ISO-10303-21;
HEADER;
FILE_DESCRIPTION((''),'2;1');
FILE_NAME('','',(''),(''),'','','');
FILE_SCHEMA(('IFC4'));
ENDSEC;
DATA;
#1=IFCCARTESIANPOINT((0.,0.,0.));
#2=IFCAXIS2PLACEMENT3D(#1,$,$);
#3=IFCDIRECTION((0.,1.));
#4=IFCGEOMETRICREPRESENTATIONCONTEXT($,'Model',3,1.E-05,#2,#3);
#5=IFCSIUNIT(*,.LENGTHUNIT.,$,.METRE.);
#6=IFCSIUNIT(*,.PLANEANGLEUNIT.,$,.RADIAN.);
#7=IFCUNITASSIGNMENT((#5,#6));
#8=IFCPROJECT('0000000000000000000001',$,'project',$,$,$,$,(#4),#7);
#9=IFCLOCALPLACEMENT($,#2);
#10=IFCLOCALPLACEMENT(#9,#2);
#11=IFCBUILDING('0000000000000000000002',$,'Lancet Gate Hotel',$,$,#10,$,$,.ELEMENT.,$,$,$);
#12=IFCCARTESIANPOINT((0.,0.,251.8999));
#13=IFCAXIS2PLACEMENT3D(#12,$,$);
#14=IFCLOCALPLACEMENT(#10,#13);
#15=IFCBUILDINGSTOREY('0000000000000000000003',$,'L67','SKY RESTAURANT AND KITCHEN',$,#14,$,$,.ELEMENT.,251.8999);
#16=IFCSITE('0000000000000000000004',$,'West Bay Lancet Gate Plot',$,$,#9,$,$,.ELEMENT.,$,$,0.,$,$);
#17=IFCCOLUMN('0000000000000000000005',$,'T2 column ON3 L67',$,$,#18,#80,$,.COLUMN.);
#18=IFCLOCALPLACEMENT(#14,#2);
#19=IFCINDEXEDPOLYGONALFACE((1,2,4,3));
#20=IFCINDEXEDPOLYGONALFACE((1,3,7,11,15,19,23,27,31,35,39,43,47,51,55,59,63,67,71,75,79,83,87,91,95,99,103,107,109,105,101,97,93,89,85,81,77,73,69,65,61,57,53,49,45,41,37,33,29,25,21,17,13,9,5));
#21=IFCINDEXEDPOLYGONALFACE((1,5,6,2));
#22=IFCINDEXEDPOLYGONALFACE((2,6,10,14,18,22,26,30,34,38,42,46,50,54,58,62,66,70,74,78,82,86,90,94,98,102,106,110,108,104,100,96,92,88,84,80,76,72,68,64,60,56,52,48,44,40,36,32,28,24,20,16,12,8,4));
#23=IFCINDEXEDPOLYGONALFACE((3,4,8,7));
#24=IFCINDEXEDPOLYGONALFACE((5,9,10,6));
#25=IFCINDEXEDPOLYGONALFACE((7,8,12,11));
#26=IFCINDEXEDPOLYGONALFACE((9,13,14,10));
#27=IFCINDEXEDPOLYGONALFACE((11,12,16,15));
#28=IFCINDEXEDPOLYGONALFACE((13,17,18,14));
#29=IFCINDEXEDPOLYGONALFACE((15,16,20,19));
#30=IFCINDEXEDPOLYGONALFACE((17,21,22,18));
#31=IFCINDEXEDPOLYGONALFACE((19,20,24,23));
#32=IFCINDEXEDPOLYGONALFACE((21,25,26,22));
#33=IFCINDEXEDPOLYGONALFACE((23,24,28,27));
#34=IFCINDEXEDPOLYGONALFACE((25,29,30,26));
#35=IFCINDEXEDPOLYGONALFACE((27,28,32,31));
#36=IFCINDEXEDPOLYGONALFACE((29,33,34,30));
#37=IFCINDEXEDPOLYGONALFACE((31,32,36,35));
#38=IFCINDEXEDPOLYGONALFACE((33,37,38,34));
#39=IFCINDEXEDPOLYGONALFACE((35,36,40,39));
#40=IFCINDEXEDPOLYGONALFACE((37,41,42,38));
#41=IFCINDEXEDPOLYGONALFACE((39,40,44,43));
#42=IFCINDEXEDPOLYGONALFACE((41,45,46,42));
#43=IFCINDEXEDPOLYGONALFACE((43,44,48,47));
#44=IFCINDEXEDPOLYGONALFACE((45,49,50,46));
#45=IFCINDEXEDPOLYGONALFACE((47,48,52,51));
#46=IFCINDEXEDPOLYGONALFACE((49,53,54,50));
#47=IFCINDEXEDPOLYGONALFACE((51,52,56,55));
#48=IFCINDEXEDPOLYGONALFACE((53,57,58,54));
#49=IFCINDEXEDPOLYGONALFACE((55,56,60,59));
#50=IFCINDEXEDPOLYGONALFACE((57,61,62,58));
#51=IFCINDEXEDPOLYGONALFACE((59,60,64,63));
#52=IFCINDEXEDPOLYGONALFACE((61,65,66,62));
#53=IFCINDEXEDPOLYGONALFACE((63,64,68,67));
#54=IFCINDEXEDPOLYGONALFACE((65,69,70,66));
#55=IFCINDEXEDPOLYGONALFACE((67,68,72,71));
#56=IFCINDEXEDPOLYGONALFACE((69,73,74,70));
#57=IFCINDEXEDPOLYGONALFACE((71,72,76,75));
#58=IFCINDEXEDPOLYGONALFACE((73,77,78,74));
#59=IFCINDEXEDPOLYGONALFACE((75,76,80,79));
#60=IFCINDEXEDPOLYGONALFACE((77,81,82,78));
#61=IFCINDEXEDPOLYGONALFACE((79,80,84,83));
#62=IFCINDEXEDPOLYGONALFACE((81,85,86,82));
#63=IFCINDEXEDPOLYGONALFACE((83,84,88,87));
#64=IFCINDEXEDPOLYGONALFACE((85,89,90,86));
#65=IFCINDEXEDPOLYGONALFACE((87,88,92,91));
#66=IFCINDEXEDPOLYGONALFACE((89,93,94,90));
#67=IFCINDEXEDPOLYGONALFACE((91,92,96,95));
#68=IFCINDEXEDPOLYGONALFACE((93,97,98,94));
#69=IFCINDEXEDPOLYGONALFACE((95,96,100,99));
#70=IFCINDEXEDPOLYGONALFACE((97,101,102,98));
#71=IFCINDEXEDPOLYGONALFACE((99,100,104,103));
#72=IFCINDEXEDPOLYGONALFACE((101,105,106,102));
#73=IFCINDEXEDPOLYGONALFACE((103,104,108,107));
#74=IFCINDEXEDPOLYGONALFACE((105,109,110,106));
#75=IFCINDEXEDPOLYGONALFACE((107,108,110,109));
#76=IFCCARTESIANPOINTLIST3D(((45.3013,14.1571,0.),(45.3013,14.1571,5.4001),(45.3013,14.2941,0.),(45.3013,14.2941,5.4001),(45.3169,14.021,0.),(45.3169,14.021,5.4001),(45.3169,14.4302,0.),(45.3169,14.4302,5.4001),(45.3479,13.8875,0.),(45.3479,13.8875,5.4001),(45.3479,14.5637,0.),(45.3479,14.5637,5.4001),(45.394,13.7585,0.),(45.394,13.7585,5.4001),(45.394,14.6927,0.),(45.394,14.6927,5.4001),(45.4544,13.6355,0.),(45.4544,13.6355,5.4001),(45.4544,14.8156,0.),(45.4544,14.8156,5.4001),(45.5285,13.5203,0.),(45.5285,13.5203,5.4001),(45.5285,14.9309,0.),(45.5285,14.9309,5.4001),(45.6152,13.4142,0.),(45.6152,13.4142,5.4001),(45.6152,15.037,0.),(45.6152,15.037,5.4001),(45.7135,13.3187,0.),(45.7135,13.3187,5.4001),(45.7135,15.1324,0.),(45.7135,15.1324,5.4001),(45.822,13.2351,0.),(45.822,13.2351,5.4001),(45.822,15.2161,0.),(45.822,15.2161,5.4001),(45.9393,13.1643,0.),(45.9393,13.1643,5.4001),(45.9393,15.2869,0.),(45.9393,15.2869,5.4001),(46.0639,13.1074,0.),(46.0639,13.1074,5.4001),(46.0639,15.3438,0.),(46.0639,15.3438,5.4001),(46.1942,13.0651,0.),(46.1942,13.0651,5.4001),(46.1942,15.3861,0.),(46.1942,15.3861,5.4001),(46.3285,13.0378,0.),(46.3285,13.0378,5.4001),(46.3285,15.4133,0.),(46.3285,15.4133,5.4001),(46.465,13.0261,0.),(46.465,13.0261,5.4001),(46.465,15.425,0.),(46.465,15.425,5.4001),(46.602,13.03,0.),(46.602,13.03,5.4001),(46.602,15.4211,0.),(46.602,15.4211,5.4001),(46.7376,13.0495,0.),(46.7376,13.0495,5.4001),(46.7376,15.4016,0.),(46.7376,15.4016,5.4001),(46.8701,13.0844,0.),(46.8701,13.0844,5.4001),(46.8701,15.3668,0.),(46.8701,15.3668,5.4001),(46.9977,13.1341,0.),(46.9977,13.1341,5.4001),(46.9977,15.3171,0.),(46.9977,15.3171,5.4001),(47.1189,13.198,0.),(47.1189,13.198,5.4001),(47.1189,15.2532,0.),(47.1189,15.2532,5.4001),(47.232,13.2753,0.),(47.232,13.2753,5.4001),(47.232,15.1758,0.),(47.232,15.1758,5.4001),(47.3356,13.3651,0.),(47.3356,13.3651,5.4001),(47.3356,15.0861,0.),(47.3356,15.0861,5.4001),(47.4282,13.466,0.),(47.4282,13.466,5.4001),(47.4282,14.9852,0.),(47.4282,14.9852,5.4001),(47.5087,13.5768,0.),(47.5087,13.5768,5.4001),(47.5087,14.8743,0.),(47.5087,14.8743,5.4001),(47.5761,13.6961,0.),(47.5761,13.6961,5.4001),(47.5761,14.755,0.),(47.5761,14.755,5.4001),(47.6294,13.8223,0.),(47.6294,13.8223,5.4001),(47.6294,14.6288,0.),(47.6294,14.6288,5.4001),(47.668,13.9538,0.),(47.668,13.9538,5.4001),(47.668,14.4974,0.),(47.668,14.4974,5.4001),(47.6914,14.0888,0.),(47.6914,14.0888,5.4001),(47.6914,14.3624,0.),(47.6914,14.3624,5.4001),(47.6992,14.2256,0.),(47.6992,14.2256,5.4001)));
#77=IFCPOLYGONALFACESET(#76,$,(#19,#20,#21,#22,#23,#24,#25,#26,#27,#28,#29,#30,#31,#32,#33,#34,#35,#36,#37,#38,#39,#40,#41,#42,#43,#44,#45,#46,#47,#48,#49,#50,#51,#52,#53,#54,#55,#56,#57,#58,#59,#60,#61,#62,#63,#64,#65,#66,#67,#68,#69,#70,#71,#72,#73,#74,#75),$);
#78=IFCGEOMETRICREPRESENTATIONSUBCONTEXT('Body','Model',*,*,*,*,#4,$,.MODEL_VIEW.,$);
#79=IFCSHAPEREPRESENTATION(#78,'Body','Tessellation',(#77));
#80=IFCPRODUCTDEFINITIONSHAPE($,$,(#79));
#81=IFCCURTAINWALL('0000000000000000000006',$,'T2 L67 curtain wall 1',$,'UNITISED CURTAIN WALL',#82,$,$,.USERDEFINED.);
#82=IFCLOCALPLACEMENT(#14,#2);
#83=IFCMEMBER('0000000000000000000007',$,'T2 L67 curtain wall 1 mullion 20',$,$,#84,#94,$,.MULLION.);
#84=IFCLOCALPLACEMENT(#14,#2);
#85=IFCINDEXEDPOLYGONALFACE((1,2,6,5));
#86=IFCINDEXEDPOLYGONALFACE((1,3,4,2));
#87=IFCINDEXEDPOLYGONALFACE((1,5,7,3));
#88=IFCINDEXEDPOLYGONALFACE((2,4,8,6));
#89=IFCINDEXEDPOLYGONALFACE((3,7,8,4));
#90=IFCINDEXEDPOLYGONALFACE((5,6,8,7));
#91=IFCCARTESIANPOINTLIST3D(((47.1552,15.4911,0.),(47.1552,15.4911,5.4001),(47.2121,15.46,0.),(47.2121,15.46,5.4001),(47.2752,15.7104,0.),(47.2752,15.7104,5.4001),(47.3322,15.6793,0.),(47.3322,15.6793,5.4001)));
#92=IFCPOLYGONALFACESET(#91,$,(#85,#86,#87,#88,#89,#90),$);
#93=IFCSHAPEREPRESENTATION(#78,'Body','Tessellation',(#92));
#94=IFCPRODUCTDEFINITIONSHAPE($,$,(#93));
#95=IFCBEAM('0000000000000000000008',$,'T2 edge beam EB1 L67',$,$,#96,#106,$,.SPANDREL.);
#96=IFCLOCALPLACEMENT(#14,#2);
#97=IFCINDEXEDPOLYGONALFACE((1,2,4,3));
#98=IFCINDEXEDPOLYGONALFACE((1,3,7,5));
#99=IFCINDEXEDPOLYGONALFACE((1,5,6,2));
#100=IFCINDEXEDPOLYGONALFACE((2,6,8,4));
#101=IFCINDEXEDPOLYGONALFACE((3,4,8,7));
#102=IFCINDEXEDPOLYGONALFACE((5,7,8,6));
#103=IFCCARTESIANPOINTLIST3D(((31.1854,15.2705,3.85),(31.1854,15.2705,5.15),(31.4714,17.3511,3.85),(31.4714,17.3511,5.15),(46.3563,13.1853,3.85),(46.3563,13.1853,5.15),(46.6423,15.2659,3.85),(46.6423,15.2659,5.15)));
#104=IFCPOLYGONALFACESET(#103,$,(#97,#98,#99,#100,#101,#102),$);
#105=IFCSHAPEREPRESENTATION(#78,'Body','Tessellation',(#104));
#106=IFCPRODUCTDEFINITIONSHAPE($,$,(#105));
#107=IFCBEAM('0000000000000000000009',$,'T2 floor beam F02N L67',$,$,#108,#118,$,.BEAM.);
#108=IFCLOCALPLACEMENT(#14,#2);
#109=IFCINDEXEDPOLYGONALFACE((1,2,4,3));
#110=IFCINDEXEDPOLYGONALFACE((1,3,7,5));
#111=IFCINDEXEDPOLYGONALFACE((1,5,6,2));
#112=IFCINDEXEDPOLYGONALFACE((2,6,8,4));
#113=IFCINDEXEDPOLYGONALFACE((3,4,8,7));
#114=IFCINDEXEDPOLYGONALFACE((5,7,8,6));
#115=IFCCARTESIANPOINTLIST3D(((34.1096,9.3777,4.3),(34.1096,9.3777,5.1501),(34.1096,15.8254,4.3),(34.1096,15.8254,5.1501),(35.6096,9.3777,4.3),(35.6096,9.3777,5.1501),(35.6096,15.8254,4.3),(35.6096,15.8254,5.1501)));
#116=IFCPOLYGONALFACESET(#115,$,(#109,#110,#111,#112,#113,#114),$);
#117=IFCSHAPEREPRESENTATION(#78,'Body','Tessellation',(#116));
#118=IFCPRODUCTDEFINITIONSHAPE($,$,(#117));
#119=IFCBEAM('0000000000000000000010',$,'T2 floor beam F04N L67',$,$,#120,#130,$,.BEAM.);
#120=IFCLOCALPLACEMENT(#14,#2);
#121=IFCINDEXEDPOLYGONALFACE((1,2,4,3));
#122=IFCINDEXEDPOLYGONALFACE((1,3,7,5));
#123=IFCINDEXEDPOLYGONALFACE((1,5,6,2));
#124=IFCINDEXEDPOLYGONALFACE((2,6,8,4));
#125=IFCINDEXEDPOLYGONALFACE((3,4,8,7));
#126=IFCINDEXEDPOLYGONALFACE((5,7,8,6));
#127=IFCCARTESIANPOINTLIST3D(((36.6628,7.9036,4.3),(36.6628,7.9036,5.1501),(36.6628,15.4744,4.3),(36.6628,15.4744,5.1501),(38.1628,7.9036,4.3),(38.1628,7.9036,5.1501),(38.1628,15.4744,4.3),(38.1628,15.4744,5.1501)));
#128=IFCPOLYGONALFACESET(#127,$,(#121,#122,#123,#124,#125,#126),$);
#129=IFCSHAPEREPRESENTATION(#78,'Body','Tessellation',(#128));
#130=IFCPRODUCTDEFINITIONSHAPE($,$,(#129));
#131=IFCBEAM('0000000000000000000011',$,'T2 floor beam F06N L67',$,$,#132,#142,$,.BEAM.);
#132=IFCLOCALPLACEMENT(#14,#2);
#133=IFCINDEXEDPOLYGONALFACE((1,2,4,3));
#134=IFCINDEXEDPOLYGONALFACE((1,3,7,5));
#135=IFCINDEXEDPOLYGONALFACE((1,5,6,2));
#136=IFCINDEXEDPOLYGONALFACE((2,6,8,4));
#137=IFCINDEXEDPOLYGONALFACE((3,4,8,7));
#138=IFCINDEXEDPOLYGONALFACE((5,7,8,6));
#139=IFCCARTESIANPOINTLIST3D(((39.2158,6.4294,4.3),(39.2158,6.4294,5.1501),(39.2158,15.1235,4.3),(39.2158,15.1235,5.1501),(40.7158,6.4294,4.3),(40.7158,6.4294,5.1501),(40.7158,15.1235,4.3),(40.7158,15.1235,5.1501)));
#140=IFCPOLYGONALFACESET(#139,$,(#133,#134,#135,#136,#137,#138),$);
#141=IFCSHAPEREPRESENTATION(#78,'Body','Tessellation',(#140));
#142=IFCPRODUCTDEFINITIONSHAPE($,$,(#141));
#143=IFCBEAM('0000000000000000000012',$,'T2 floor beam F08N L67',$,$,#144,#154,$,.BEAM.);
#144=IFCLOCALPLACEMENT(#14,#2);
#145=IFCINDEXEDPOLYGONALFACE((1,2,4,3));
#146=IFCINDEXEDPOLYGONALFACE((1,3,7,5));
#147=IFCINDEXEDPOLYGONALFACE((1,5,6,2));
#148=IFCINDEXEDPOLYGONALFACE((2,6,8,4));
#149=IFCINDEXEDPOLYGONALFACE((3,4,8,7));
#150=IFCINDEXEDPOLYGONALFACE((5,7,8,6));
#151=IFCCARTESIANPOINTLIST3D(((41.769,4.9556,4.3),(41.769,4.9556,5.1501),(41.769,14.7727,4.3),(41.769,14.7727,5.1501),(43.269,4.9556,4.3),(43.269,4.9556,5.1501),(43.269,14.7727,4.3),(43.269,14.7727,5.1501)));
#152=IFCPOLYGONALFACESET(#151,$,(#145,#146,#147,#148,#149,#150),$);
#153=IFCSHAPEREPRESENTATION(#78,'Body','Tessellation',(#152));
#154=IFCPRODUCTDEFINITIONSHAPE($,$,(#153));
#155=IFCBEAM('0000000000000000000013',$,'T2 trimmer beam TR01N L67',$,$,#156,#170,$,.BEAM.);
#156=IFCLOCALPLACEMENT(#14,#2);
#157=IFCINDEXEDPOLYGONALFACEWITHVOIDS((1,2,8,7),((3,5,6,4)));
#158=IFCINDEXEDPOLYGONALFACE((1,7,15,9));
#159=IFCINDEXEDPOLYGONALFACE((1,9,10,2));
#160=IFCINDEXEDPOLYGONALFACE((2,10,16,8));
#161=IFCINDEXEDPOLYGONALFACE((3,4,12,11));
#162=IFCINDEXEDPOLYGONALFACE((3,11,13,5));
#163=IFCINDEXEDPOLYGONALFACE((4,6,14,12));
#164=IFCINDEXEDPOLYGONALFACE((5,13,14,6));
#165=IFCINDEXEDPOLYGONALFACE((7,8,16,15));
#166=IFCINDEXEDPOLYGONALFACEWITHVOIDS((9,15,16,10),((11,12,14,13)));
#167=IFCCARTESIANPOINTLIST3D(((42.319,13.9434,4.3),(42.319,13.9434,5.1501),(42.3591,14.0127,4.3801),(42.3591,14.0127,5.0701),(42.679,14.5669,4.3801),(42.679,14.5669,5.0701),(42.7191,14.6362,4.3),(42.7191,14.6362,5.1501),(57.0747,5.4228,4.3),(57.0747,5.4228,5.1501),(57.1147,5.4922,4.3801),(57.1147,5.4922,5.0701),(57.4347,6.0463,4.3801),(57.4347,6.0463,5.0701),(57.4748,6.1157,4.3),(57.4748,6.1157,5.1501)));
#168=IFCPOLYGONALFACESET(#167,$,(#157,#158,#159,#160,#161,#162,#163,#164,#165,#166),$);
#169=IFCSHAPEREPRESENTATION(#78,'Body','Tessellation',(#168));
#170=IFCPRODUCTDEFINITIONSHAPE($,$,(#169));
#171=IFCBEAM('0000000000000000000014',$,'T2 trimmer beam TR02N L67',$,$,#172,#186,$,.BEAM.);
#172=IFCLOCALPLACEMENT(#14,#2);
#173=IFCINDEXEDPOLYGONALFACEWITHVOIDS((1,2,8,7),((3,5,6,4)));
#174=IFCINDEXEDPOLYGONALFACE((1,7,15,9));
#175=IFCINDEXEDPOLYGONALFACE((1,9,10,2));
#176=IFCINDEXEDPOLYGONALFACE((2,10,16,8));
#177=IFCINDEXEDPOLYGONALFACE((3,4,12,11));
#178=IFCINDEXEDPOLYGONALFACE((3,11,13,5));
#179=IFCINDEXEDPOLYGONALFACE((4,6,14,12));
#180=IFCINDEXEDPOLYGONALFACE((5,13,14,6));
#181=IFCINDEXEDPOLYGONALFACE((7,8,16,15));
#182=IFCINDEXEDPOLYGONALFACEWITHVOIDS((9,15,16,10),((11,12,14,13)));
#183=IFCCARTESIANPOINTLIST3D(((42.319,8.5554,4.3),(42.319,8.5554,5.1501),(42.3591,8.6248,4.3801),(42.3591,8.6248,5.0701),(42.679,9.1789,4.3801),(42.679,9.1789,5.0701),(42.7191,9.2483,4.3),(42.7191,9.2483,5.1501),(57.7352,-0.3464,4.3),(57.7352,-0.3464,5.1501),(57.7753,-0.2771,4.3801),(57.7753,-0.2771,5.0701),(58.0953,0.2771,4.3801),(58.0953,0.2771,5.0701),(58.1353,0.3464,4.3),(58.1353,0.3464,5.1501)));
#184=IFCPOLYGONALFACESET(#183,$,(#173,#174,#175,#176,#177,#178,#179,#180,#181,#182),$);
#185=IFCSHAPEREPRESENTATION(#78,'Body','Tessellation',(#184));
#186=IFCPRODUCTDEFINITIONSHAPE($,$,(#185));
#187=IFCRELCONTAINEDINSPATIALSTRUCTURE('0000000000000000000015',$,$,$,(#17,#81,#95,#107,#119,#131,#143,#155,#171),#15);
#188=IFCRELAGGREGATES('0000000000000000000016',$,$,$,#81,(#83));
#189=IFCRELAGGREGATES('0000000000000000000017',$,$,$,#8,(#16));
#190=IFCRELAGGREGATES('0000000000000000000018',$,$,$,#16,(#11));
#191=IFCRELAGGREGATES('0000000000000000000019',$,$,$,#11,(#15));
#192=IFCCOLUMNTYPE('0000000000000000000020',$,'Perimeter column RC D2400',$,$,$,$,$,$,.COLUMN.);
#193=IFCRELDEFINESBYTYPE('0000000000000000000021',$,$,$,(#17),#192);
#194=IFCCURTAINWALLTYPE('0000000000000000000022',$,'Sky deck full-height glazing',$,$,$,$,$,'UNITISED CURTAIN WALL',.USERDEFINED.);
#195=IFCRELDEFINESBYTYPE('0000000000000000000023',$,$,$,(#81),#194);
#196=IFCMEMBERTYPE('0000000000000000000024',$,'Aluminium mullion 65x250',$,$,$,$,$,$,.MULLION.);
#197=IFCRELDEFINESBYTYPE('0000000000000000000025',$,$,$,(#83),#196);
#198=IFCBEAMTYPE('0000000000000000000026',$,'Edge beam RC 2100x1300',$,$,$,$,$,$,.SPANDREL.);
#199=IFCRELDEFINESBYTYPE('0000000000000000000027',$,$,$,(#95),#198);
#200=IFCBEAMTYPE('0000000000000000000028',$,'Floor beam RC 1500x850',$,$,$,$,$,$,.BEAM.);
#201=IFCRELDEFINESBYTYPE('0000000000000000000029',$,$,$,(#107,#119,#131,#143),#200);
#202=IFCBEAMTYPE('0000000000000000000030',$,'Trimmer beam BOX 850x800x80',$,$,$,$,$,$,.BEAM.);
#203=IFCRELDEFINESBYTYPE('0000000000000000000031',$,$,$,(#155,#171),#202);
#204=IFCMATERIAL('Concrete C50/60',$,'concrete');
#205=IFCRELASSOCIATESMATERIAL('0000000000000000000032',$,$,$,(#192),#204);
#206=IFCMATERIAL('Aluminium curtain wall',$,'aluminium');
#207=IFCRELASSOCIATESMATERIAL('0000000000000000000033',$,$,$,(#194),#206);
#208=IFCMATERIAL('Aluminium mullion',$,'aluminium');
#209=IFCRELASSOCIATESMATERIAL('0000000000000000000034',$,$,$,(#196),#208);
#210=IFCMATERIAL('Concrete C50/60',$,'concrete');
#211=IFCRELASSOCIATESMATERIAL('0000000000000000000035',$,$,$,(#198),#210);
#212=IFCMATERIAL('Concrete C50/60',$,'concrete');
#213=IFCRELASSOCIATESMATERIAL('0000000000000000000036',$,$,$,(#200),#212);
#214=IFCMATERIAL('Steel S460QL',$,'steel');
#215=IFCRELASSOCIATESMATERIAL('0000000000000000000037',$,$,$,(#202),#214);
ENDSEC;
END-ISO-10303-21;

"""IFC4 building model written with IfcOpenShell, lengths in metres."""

from ifc_helpers import new_model, si_unit, direction, frame, origin, origin_2d, place, context, subcontext, project, spatial, rectangle, hollow_rectangle, circle, extrude, material, material_profile, profile_set, type_object, element, aggregate, save


model = new_model("IFC4")

# Units and contexts
model_context = context("Model", 3, precision=1e-05, world=origin(), true_north=direction((0.0, 1.0)))
body_context = subcontext(model_context, "Body", "Model", "MODEL_VIEW")
ifc_project = project(units=[si_unit("LENGTHUNIT", "METRE"), si_unit("PLANEANGLEUNIT", "RADIAN")], contexts=[model_context])

# Site, building, storey
site_placement = place(None, origin())
site = spatial("IfcSite", under=ifc_project, at=site_placement, Name="West Bay Lancet Gate Plot", CompositionType="ELEMENT", RefElevation=0.0)
building_placement = place(site_placement, origin())
building = spatial("IfcBuilding", under=site, at=building_placement, Name="Lancet Gate Hotel", CompositionType="ELEMENT")
storey_placement = place(building_placement, frame((0.0, 0.0, 251.8999)))
storey = spatial("IfcBuildingStorey", under=building, at=storey_placement, Name="L67", Description="SKY RESTAURANT AND KITCHEN", CompositionType="ELEMENT", Elevation=251.8999)

# Column
ifc_material_1 = material(Name="Concrete C50/60", Category="concrete")
ifc_material_profile_1 = material_profile(ifc_material_1, circle(Radius=1.2, at=origin_2d()), Name="RC D2400")
ifc_profile_set_1 = profile_set([ifc_material_profile_1], Name="Concrete C50/60")
column_type = type_object("IfcColumnType", Name="Perimeter column RC D2400", PredefinedType="COLUMN", material=ifc_profile_set_1)
column_placement = place(storey_placement, frame((46.4993, 14.2256, 0.0), z_axis=(0.0, 0.0, 1.0), x_axis=(1.0, 0.0, 0.0)))
element("IfcColumn", 1, at=column_placement, inside=storey, type_object=column_type, Name="T2 column ON3 L67", PredefinedType="COLUMN", context=body_context, shape_type="SweptSolid", body=[
    extrude(circle(Radius=1.2, at=origin_2d()), origin(), (0.0, 0.0, 1.0), 5.4001),
])

# Curtain wall, member
ifc_material_2 = material(Name="Aluminium curtain wall", Category="aluminium")
curtain_wall_type = type_object("IfcCurtainWallType", Name="Sky deck full-height glazing", ElementType="UNITISED CURTAIN WALL", PredefinedType="USERDEFINED", material=ifc_material_2)
curtain_wall_placement = place(storey_placement, origin())
curtain_wall = element("IfcCurtainWall", 2, at=curtain_wall_placement, inside=storey, type_object=curtain_wall_type, Name="T2 L67 curtain wall 1", ObjectType="UNITISED CURTAIN WALL", PredefinedType="USERDEFINED")
ifc_material_3 = material(Name="Aluminium mullion", Category="aluminium")
ifc_material_profile_2 = material_profile(ifc_material_3, rectangle(XDim=0.0649, YDim=0.25, at=origin_2d()), Name="MULLION 65x250")
ifc_profile_set_2 = profile_set([ifc_material_profile_2], Name="Aluminium mullion")
member_type = type_object("IfcMemberType", Name="Aluminium mullion 65x250", PredefinedType="MULLION", material=ifc_profile_set_2)
member_placement = place(storey_placement, frame((47.2437, 15.5852, 0.0), z_axis=(0.0, 0.0, 1.0), x_axis=(-0.877195, 0.480135, 0.0)))
member = element("IfcMember", 3, at=member_placement, type_object=member_type, Name="T2 L67 curtain wall 1 mullion 20", PredefinedType="MULLION", context=body_context, shape_type="SweptSolid", body=[
    extrude(rectangle(XDim=0.0649, YDim=0.25, at=origin_2d()), origin(), (0.0, 0.0, 1.0), 5.4001),
])
aggregate(curtain_wall, [member])

# Beams
ifc_material_4 = material(Name="Concrete C50/60", Category="concrete")
ifc_material_profile_3 = material_profile(ifc_material_4, rectangle(XDim=2.1001, YDim=1.3, at=origin_2d()), Name="RC 2100x1300")
ifc_profile_set_3 = profile_set([ifc_material_profile_3], Name="Concrete C50/60")
beam_type_1 = type_object("IfcBeamType", Name="Edge beam RC 2100x1300", PredefinedType="SPANDREL", material=ifc_profile_set_3)
beam_1_placement = place(storey_placement, frame((46.4993, 14.2256, 4.5), z_axis=(-0.990686, 0.136167, 0.0), x_axis=(-0.136167, -0.990686, 0.0)))
element("IfcBeam", 4, at=beam_1_placement, inside=storey, type_object=beam_type_1, Name="T2 edge beam EB1 L67", PredefinedType="SPANDREL", context=body_context, shape_type="SweptSolid", body=[
    extrude(rectangle(XDim=2.1001, YDim=1.3, at=origin_2d()), origin(), (0.0, 0.0, 1.0), 15.3135),
])
ifc_material_5 = material(Name="Concrete C50/60", Category="concrete")
ifc_material_profile_4 = material_profile(ifc_material_5, rectangle(XDim=1.5, YDim=0.8501, at=origin_2d()), Name="RC 1500x850")
ifc_profile_set_4 = profile_set([ifc_material_profile_4], Name="Concrete C50/60")
beam_type_2 = type_object("IfcBeamType", Name="Floor beam RC 1500x850", PredefinedType="BEAM", material=ifc_profile_set_4)
beam_2_placement = place(storey_placement, frame((34.8596, 9.3777, 4.7251), z_axis=(0.0, 1.0, 0.0), x_axis=(-1.0, 0.0, 0.0)))
element("IfcBeam", 5, at=beam_2_placement, inside=storey, type_object=beam_type_2, Name="T2 floor beam F02N L67", PredefinedType="BEAM", context=body_context, shape_type="SweptSolid", body=[
    extrude(rectangle(XDim=1.5, YDim=0.8501, at=origin_2d()), origin(), (0.0, 0.0, 1.0), 6.4478),
])
beam_3_placement = place(storey_placement, frame((37.4128, 7.9036, 4.7251), z_axis=(0.0, 1.0, 0.0), x_axis=(-1.0, 0.0, 0.0)))
element("IfcBeam", 6, at=beam_3_placement, inside=storey, type_object=beam_type_2, Name="T2 floor beam F04N L67", PredefinedType="BEAM", context=body_context, shape_type="SweptSolid", body=[
    extrude(rectangle(XDim=1.5, YDim=0.8501, at=origin_2d()), origin(), (0.0, 0.0, 1.0), 7.5708),
])
beam_4_placement = place(storey_placement, frame((39.9658, 6.4294, 4.7251), z_axis=(0.0, 1.0, 0.0), x_axis=(-1.0, 0.0, 0.0)))
element("IfcBeam", 7, at=beam_4_placement, inside=storey, type_object=beam_type_2, Name="T2 floor beam F06N L67", PredefinedType="BEAM", context=body_context, shape_type="SweptSolid", body=[
    extrude(rectangle(XDim=1.5, YDim=0.8501, at=origin_2d()), origin(), (0.0, 0.0, 1.0), 8.6941),
])
beam_5_placement = place(storey_placement, frame((42.519, 4.9556, 4.7251), z_axis=(0.0, 1.0, 0.0), x_axis=(-1.0, 0.0, 0.0)))
element("IfcBeam", 8, at=beam_5_placement, inside=storey, type_object=beam_type_2, Name="T2 floor beam F08N L67", PredefinedType="BEAM", context=body_context, shape_type="SweptSolid", body=[
    extrude(rectangle(XDim=1.5, YDim=0.8501, at=origin_2d()), origin(), (0.0, 0.0, 1.0), 9.8171),
])
ifc_material_6 = material(Name="Steel S460QL", Category="steel")
ifc_material_profile_5 = material_profile(ifc_material_6, hollow_rectangle(XDim=0.8, YDim=0.8501, WallThickness=0.0801, at=origin_2d()), Name="BOX 850x800x80")
ifc_profile_set_5 = profile_set([ifc_material_profile_5], Name="Steel S460QL")
beam_type_3 = type_object("IfcBeamType", Name="Trimmer beam BOX 850x800x80", PredefinedType="BEAM", material=ifc_profile_set_5)
beam_6_placement = place(storey_placement, frame((42.519, 14.2898, 4.7251), z_axis=(0.865991, -0.500059, 0.0), x_axis=(0.500059, 0.865991, 0.0)))
element("IfcBeam", 9, at=beam_6_placement, inside=storey, type_object=beam_type_3, Name="T2 trimmer beam TR01N L67", PredefinedType="BEAM", context=body_context, shape_type="SweptSolid", body=[
    extrude(hollow_rectangle(XDim=0.8, YDim=0.8501, WallThickness=0.0801, at=origin_2d()), origin(), (0.0, 0.0, 1.0), 17.0391),
])
beam_7_placement = place(storey_placement, frame((42.519, 8.9019, 4.7251), z_axis=(0.865994, -0.500054, 0.0), x_axis=(0.500054, 0.865994, 0.0)))
element("IfcBeam", 10, at=beam_7_placement, inside=storey, type_object=beam_type_3, Name="T2 trimmer beam TR02N L67", PredefinedType="BEAM", context=body_context, shape_type="SweptSolid", body=[
    extrude(hollow_rectangle(XDim=0.8, YDim=0.8501, WallThickness=0.0801, at=origin_2d()), origin(), (0.0, 0.0, 1.0), 17.8018),
])

save(model, "model.ifc")
